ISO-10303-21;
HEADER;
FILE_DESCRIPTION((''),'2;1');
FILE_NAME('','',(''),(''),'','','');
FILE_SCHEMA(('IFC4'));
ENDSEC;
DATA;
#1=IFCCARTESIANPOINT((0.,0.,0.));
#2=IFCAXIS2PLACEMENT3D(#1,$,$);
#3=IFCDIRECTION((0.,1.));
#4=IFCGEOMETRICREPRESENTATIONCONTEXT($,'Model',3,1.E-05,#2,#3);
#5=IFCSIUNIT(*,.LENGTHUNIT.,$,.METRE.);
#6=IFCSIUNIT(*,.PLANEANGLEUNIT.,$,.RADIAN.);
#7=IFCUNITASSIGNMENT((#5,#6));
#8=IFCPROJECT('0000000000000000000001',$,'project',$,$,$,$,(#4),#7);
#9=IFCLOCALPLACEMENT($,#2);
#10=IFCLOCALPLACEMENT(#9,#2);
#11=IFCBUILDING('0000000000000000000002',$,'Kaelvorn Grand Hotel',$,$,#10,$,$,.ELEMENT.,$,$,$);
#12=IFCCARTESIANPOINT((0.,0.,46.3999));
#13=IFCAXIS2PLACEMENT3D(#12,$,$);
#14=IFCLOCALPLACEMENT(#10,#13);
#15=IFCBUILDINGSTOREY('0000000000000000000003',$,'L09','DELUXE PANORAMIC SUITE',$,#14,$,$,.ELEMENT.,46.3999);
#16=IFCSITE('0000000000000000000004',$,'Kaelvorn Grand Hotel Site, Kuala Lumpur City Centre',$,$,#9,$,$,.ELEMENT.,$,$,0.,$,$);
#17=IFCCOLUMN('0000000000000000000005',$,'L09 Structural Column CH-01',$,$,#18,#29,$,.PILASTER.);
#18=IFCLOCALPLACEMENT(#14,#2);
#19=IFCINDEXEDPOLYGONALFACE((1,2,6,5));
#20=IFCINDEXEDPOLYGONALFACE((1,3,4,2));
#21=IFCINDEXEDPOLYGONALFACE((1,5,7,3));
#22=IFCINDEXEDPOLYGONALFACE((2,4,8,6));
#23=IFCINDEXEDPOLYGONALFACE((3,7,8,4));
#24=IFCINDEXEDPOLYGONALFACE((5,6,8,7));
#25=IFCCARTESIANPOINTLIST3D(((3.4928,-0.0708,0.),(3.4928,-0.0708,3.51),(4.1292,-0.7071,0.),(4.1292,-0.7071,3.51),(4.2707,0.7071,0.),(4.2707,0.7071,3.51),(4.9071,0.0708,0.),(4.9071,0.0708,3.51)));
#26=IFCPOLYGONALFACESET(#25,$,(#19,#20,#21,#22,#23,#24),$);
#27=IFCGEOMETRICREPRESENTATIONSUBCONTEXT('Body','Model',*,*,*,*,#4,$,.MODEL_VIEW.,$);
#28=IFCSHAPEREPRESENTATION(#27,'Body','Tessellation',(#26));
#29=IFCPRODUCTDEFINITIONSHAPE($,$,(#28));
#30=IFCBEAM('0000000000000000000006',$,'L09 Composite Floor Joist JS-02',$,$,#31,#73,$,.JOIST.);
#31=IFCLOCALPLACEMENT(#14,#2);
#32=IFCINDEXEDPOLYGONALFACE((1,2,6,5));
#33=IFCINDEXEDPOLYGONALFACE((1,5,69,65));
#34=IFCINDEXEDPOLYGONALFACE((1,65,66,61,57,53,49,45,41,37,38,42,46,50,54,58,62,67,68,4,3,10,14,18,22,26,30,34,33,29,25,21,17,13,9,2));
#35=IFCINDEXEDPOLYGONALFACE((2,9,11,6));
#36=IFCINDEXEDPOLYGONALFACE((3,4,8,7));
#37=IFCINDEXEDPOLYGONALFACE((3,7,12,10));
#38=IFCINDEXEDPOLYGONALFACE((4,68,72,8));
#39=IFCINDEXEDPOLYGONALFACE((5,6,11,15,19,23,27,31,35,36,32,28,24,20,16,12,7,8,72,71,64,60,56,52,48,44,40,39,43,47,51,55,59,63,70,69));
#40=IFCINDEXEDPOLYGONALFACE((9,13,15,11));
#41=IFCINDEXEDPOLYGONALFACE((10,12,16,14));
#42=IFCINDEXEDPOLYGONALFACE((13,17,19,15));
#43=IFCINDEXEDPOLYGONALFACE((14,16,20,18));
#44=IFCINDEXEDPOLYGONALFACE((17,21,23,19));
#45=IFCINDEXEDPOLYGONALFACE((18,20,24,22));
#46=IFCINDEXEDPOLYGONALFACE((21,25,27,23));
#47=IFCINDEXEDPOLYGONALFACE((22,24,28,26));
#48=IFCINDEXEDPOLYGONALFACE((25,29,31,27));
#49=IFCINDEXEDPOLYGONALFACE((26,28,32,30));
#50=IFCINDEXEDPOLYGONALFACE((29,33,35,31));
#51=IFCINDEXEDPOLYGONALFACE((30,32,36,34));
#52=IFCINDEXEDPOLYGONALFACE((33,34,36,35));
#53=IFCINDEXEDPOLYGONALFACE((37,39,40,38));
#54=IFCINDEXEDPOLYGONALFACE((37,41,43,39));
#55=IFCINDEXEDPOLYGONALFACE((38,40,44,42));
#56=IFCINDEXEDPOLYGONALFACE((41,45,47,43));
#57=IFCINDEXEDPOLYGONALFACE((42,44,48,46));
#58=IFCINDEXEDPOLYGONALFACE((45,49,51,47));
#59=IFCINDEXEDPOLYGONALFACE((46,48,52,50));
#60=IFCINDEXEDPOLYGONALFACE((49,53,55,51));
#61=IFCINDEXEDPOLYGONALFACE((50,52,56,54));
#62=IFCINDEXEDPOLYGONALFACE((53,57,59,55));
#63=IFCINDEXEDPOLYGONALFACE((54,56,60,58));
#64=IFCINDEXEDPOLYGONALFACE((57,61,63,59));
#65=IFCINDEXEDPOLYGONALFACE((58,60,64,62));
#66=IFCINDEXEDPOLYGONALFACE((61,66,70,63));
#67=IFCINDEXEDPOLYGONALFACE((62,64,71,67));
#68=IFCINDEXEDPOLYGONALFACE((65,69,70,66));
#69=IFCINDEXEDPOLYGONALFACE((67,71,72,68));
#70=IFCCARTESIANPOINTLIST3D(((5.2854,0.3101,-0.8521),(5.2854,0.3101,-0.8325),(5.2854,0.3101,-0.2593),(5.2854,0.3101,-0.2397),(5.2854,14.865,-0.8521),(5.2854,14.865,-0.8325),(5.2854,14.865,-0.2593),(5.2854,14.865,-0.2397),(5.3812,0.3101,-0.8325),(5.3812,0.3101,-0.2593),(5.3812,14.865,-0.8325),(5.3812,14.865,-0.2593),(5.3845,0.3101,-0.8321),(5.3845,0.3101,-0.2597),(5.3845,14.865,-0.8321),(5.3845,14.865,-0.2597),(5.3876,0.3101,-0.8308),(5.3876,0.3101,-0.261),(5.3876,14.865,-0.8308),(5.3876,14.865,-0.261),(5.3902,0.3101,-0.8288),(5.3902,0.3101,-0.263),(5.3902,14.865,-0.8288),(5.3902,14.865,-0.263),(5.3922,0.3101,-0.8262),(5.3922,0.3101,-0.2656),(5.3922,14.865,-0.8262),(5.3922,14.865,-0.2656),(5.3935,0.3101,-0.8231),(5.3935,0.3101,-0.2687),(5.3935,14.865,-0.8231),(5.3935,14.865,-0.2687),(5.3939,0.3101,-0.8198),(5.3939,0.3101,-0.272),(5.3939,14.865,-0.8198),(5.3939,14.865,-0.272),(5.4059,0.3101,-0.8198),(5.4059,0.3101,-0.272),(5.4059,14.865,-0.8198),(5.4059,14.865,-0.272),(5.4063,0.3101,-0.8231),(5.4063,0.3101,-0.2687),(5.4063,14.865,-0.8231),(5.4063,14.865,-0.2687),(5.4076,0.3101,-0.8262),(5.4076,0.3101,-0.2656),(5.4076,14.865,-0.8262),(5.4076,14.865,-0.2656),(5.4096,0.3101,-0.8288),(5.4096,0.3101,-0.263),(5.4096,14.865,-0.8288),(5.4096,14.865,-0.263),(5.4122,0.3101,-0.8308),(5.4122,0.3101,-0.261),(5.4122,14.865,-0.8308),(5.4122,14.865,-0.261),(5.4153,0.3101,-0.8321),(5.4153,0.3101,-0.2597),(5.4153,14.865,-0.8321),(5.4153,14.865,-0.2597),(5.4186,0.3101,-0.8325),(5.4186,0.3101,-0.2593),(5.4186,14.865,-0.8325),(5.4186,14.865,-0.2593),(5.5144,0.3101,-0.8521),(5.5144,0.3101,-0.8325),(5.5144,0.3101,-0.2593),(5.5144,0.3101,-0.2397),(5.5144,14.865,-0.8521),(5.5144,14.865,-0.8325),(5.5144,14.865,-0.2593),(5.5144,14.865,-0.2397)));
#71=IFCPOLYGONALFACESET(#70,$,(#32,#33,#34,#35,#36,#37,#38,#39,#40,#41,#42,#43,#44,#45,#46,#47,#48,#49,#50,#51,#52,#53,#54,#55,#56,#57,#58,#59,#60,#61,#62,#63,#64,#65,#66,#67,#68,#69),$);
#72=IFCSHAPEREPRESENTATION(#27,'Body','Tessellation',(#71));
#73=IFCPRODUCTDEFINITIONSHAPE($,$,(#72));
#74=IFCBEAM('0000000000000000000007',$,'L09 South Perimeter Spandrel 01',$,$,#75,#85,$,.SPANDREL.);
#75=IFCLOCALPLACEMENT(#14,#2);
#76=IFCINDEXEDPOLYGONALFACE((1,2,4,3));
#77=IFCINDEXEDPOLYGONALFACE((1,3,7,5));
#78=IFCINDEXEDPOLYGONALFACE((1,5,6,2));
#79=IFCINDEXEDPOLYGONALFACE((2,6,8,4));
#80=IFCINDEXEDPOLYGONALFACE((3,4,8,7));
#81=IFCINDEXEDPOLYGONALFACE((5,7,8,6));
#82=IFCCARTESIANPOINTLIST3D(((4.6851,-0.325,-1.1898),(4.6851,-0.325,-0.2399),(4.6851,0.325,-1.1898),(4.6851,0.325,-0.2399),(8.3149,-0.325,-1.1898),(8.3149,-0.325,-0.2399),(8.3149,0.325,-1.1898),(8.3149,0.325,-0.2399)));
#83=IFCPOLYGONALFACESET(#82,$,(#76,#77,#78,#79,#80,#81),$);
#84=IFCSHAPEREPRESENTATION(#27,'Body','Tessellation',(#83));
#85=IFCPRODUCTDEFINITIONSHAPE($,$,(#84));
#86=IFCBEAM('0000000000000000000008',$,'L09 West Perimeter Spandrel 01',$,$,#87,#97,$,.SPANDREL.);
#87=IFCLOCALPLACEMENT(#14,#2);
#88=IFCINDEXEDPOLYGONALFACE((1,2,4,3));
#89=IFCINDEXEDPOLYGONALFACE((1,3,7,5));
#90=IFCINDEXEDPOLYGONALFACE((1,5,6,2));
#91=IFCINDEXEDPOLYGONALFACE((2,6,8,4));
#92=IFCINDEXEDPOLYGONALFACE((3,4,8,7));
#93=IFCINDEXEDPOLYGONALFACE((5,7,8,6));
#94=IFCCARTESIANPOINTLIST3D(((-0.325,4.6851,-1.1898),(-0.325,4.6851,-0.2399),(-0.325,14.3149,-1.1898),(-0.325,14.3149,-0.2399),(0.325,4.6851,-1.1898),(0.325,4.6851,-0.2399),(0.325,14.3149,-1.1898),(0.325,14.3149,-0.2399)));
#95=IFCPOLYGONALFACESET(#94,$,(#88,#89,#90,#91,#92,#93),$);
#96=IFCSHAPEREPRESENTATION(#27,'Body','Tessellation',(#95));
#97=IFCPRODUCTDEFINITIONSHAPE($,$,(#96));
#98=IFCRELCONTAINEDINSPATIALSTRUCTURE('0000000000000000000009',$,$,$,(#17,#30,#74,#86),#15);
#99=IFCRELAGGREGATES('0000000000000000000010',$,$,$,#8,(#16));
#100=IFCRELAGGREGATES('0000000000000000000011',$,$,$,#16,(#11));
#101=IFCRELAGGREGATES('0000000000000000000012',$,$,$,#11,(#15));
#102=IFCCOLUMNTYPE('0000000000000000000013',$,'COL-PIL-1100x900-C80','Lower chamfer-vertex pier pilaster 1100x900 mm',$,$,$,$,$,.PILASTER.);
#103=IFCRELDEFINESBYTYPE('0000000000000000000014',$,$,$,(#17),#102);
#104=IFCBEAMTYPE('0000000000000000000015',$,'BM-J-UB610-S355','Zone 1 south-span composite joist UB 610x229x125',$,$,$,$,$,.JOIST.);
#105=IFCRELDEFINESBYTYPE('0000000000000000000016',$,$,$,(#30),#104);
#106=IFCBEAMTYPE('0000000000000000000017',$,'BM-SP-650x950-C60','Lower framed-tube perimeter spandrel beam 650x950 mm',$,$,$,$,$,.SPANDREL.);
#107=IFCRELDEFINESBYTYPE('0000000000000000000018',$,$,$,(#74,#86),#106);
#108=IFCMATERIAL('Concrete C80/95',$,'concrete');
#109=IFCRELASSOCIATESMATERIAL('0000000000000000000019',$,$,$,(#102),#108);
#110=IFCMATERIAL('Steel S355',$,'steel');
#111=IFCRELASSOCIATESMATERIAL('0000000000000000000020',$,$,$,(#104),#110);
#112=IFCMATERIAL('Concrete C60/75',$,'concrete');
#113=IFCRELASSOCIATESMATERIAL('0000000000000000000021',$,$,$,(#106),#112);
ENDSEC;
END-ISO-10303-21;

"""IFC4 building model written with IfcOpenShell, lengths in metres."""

from ifc_helpers import new_model, si_unit, direction, frame, origin, origin_2d, place, context, subcontext, project, spatial, rectangle, i_section, extrude, material, material_profile, profile_set, type_object, element, save


model = new_model("IFC4")

# Units and contexts
model_context = context("Model", 3, precision=1e-05, world=origin(), true_north=direction((0.0, 1.0)))
body_context = subcontext(model_context, "Body", "Model", "MODEL_VIEW")
ifc_project = project(units=[si_unit("LENGTHUNIT", "METRE"), si_unit("PLANEANGLEUNIT", "RADIAN")], contexts=[model_context])

# Site, building, storey
site_placement = place(None, origin())
site = spatial("IfcSite", under=ifc_project, at=site_placement, Name="Kaelvorn Grand Hotel Site, Kuala Lumpur City Centre", CompositionType="ELEMENT", RefElevation=0.0)
building_placement = place(site_placement, origin())
building = spatial("IfcBuilding", under=site, at=building_placement, Name="Kaelvorn Grand Hotel", CompositionType="ELEMENT")
storey_placement = place(building_placement, frame((0.0, 0.0, 46.3999)))
storey = spatial("IfcBuildingStorey", under=building, at=storey_placement, Name="L09", Description="DELUXE PANORAMIC SUITE", CompositionType="ELEMENT", Elevation=46.3999)

# Column
ifc_material_1 = material(Name="Concrete C80/95", Category="concrete")
ifc_material_profile_1 = material_profile(ifc_material_1, rectangle(XDim=1.1001, YDim=0.8999, at=origin_2d()), Name="RC PILASTER 1100x900")
ifc_profile_set_1 = profile_set([ifc_material_profile_1], Name="Concrete C80/95")
column_type = type_object("IfcColumnType", Name="COL-PIL-1100x900-C80", Description="Lower chamfer-vertex pier pilaster 1100x900 mm", PredefinedType="PILASTER", material=ifc_profile_set_1)
column_placement = place(storey_placement, frame((4.2, 0.0, 0.0), z_axis=(0.0, 0.0, 1.0), x_axis=(0.707107, 0.707107, 0.0)))
element("IfcColumn", 1, at=column_placement, inside=storey, type_object=column_type, Name="L09 Structural Column CH-01", PredefinedType="PILASTER", context=body_context, shape_type="SweptSolid", body=[
    extrude(rectangle(XDim=1.1001, YDim=0.8999, at=origin_2d()), origin(), (0.0, 0.0, 1.0), 3.51),
])

# Beams
ifc_material_2 = material(Name="Steel S355", Category="steel")
ifc_material_profile_2 = material_profile(ifc_material_2, i_section(OverallWidth=0.229, OverallDepth=0.6123, WebThickness=0.012, FlangeThickness=0.0195, FilletRadius=0.0127, at=origin_2d()), Name="UB 610x229x125")
ifc_profile_set_2 = profile_set([ifc_material_profile_2], Name="Steel S355")
beam_type_1 = type_object("IfcBeamType", Name="BM-J-UB610-S355", Description="Zone 1 south-span composite joist UB 610x229x125", PredefinedType="JOIST", material=ifc_profile_set_2)
beam_1_placement = place(storey_placement, frame((5.3999, 0.3101, -0.5459), z_axis=(0.0, 1.0, 0.0), x_axis=(-1.0, 0.0, 0.0)))
element("IfcBeam", 2, at=beam_1_placement, inside=storey, type_object=beam_type_1, Name="L09 Composite Floor Joist JS-02", PredefinedType="JOIST", context=body_context, shape_type="SweptSolid", body=[
    extrude(i_section(OverallWidth=0.229, OverallDepth=0.6123, WebThickness=0.012, FlangeThickness=0.0195, FilletRadius=0.0127, at=origin_2d()), origin(), (0.0, 0.0, 1.0), 14.5549),
])
ifc_material_3 = material(Name="Concrete C60/75", Category="concrete")
ifc_material_profile_3 = material_profile(ifc_material_3, rectangle(XDim=0.6499, YDim=0.95, at=origin_2d()), Name="RC SPANDREL 650x950")
ifc_profile_set_3 = profile_set([ifc_material_profile_3], Name="Concrete C60/75")
beam_type_2 = type_object("IfcBeamType", Name="BM-SP-650x950-C60", Description="Lower framed-tube perimeter spandrel beam 650x950 mm", PredefinedType="SPANDREL", material=ifc_profile_set_3)
beam_2_placement = place(storey_placement, frame((4.6851, 0.0, -0.7148), z_axis=(1.0, 0.0, 0.0), x_axis=(0.0, 1.0, 0.0)))
element("IfcBeam", 3, at=beam_2_placement, inside=storey, type_object=beam_type_2, Name="L09 South Perimeter Spandrel 01", PredefinedType="SPANDREL", context=body_context, shape_type="SweptSolid", body=[
    extrude(rectangle(XDim=0.6499, YDim=0.95, at=origin_2d()), origin(), (0.0, 0.0, 1.0), 3.6299),
])
beam_3_placement = place(storey_placement, frame((0.0, 4.6851, -0.7148), z_axis=(0.0, 1.0, 0.0), x_axis=(-1.0, 0.0, 0.0)))
element("IfcBeam", 4, at=beam_3_placement, inside=storey, type_object=beam_type_2, Name="L09 West Perimeter Spandrel 01", PredefinedType="SPANDREL", context=body_context, shape_type="SweptSolid", body=[
    extrude(rectangle(XDim=0.6499, YDim=0.95, at=origin_2d()), origin(), (0.0, 0.0, 1.0), 9.6299),
])

save(model, "model.ifc")
